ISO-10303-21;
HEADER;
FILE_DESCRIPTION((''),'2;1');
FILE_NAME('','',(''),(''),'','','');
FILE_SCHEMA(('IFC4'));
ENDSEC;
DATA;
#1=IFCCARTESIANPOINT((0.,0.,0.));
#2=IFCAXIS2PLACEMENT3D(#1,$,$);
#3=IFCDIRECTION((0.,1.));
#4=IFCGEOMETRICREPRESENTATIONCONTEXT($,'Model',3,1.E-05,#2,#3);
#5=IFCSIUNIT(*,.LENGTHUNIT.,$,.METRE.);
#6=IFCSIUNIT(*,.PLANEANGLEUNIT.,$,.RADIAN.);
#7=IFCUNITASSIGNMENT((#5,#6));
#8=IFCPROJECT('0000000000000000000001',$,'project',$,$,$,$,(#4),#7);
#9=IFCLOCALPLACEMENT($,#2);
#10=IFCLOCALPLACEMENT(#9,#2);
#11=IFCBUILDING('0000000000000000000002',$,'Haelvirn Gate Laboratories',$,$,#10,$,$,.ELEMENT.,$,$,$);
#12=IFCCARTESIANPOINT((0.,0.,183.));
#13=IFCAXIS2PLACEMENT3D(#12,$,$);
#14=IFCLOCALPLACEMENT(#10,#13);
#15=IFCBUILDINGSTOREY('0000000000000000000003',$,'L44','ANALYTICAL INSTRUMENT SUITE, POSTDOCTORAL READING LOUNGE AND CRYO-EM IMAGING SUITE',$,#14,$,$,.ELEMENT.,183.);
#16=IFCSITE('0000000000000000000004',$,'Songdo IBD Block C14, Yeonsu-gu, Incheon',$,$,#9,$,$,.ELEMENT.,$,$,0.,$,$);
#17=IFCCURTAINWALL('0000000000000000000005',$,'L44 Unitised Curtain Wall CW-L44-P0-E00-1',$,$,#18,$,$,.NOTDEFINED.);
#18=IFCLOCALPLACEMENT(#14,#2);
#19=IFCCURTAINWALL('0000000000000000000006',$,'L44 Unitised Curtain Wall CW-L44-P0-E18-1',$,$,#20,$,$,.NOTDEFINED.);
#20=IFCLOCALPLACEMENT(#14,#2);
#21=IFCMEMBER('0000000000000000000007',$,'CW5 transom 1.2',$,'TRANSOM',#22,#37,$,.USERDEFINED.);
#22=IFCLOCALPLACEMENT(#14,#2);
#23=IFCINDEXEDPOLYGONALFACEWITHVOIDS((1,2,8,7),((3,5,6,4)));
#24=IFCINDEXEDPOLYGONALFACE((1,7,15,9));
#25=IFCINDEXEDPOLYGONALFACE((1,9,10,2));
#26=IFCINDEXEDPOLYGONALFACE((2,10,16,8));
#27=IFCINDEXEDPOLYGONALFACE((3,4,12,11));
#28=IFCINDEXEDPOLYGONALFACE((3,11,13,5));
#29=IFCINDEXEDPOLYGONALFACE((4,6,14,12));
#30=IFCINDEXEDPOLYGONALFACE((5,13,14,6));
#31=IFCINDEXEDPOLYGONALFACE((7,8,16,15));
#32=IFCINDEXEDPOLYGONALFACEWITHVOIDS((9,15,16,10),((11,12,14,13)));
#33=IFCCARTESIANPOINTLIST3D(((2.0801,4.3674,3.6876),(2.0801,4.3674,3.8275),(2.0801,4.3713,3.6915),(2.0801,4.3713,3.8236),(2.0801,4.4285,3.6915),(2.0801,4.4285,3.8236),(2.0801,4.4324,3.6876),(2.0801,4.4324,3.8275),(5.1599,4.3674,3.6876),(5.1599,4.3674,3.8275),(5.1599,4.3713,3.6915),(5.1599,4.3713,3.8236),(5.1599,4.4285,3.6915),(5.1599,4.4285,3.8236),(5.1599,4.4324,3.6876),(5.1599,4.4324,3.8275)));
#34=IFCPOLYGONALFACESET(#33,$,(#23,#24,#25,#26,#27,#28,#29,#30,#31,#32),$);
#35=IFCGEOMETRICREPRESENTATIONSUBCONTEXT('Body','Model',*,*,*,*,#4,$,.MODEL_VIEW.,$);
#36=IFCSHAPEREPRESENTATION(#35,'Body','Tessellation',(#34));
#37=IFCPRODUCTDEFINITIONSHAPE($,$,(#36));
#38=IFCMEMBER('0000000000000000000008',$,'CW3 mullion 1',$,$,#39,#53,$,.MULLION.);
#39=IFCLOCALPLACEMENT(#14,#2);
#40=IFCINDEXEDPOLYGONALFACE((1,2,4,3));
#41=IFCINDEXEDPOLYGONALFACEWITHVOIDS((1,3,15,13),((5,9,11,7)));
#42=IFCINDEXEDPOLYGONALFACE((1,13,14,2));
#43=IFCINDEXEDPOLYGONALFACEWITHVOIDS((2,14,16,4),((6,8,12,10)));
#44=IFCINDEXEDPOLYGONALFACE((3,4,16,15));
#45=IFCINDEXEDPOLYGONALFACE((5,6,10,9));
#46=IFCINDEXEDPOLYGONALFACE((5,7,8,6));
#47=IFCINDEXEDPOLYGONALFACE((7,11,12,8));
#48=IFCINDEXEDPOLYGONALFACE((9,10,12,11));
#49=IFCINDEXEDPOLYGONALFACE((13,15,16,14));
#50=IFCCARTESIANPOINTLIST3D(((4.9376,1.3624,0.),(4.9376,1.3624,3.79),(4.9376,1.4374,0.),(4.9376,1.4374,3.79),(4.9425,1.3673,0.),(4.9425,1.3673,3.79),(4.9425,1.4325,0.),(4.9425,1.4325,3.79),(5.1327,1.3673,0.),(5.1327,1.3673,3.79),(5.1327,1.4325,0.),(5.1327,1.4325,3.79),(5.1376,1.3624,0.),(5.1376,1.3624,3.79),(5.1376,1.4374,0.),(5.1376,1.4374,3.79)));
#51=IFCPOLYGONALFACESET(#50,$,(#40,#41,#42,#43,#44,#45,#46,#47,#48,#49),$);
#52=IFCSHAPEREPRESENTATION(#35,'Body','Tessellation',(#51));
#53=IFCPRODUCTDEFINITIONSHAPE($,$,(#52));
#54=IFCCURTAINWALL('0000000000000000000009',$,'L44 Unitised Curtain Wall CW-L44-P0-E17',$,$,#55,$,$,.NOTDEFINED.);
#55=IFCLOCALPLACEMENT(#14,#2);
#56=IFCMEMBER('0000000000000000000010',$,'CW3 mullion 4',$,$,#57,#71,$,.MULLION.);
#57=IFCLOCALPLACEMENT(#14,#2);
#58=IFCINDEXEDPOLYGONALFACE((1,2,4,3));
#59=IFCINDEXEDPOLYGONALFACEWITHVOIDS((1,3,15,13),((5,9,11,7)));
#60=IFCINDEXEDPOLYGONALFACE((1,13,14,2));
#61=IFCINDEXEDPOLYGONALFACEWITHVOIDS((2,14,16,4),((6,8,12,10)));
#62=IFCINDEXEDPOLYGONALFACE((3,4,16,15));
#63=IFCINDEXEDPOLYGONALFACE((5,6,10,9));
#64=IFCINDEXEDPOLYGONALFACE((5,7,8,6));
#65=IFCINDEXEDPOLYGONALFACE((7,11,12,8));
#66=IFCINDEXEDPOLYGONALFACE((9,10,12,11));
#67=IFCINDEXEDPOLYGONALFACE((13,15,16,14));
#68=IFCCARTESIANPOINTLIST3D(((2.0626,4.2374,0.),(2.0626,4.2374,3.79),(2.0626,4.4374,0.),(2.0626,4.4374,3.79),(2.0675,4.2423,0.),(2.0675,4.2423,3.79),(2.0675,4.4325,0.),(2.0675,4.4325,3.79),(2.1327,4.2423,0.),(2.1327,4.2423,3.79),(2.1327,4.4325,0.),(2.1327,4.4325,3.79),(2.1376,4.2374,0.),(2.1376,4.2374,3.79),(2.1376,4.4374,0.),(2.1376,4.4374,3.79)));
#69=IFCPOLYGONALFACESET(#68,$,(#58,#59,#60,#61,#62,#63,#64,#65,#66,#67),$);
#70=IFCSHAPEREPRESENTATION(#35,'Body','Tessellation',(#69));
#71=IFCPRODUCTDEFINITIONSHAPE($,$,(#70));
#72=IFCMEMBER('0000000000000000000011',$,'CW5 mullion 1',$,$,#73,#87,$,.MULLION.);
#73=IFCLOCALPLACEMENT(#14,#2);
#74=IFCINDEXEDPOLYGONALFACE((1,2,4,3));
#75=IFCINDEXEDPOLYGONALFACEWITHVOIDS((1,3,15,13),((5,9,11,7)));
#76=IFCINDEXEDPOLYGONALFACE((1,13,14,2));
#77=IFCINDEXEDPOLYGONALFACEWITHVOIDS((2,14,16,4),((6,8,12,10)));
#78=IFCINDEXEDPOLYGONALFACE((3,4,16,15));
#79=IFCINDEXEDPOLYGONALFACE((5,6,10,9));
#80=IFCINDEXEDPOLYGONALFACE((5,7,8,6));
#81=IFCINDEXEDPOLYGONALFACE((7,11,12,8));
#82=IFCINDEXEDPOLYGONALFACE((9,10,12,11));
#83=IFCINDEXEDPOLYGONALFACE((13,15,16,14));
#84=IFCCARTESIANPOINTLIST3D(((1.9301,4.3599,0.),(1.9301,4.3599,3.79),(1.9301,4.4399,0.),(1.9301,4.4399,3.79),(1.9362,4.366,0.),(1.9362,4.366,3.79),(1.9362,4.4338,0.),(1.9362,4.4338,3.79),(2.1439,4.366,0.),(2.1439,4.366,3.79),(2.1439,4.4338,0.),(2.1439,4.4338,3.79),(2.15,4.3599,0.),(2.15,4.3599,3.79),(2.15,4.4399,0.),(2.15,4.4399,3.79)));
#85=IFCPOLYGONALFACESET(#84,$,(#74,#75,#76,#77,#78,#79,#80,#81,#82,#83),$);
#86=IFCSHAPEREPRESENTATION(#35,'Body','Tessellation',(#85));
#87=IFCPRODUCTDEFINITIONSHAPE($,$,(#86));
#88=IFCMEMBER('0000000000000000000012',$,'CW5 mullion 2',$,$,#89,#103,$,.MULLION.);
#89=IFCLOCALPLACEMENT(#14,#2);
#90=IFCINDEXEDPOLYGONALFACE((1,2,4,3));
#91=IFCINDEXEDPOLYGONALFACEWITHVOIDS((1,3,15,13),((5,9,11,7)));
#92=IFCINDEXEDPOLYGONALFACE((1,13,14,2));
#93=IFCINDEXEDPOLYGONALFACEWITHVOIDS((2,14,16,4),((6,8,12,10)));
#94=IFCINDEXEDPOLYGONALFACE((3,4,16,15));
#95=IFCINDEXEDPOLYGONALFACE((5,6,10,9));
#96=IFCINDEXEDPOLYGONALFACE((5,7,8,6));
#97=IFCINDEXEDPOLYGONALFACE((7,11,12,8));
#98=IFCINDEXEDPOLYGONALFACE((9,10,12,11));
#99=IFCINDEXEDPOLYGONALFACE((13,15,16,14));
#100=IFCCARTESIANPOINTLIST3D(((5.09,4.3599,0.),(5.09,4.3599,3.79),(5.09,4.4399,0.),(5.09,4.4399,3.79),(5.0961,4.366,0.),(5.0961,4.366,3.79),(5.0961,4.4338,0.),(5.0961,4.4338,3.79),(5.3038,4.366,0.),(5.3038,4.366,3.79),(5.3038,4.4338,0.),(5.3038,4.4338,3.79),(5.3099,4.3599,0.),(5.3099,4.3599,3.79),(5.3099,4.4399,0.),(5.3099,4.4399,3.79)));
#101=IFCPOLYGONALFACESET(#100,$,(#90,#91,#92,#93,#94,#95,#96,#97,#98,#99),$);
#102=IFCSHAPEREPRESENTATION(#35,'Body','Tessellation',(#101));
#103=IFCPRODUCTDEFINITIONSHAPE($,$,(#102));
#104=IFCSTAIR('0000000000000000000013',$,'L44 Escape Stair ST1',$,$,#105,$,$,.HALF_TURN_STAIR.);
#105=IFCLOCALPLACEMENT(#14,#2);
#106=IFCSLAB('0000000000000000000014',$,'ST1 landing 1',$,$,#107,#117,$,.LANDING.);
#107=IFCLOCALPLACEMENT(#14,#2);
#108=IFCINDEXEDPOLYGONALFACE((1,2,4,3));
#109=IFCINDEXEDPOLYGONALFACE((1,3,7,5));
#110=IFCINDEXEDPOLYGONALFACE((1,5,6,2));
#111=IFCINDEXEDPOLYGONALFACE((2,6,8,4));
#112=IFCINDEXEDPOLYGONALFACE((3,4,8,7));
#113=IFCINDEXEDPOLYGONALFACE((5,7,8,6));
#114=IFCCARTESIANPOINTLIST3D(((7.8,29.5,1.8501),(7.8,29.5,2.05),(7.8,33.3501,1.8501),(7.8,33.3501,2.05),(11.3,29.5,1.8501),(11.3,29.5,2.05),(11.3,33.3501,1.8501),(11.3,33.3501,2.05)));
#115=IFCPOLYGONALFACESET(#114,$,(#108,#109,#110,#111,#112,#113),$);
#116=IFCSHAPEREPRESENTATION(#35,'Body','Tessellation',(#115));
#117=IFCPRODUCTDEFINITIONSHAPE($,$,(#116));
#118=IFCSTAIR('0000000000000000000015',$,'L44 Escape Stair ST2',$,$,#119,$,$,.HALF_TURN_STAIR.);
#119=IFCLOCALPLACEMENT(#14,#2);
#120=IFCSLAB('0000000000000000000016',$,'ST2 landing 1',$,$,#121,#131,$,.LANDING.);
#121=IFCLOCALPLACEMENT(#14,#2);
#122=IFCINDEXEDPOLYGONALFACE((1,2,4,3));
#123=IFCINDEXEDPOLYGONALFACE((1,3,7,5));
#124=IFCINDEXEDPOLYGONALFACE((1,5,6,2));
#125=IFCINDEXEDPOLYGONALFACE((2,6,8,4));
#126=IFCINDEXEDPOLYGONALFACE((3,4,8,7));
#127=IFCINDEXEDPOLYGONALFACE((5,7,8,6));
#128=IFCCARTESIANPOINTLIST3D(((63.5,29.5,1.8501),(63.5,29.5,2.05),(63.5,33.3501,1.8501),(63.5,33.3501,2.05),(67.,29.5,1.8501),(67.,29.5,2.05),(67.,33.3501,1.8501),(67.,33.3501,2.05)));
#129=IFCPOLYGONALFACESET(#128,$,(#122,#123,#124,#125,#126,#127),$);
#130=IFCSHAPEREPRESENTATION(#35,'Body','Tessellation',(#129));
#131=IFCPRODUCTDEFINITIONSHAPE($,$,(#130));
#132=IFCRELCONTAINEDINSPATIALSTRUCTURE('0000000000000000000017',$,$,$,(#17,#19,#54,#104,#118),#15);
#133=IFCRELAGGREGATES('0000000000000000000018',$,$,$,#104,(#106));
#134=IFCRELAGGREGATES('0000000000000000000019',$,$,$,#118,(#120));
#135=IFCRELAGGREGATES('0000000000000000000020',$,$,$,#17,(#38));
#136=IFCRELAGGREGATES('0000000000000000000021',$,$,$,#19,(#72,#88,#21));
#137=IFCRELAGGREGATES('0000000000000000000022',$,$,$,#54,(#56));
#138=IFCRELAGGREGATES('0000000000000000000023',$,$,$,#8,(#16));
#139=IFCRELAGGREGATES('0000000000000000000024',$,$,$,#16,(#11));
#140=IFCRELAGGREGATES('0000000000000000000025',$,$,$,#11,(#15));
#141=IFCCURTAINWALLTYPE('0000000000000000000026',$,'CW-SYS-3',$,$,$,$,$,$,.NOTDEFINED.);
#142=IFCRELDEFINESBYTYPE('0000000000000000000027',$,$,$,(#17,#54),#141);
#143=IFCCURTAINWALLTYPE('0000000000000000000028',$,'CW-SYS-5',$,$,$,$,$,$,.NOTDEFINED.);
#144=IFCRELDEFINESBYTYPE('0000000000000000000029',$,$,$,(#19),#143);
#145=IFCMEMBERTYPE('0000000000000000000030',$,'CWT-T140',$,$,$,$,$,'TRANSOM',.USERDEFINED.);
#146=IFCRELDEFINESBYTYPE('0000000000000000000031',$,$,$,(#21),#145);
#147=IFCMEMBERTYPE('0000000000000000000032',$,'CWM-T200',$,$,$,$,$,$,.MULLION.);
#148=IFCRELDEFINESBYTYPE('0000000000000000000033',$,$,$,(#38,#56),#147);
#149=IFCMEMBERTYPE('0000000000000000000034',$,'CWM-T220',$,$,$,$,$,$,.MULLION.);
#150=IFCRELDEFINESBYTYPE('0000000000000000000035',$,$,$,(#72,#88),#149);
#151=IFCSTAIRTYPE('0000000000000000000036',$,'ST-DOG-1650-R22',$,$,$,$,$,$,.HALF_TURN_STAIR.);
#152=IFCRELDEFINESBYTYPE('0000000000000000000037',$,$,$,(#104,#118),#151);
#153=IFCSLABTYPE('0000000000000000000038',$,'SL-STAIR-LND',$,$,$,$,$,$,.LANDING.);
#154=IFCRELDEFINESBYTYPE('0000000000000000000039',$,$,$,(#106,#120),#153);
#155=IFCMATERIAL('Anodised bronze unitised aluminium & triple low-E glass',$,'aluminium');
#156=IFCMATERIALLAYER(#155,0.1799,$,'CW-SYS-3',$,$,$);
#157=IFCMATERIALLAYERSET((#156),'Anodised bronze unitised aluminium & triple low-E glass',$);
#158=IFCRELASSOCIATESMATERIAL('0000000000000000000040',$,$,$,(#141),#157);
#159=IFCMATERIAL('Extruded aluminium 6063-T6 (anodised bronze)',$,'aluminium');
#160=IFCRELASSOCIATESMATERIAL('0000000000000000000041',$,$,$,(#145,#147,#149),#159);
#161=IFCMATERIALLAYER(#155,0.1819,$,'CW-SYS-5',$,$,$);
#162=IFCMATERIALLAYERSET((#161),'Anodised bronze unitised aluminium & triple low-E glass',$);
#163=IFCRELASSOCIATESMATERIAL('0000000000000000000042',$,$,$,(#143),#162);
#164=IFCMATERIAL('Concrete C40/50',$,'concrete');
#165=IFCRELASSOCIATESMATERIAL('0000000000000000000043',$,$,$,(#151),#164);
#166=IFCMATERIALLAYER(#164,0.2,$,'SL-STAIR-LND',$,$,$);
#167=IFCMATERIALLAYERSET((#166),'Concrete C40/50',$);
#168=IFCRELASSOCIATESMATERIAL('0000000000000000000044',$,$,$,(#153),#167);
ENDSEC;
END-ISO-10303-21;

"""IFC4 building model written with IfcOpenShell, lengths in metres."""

from ifc_helpers import new_model, si_unit, direction, frame, origin, origin_2d, place, context, subcontext, project, spatial, polyline, hollow_rectangle, outline, extrude, source, transform, mapped, material, layer, layer_set, material_profile, profile_set, type_object, type_shapes, element, aggregate, save


model = new_model("IFC4")

# Units and contexts
model_context = context("Model", 3, precision=1e-05, world=origin(), true_north=direction((0.0, 1.0)))
body_context = subcontext(model_context, "Body", "Model", "MODEL_VIEW")
ifc_project = project(units=[si_unit("LENGTHUNIT", "METRE"), si_unit("PLANEANGLEUNIT", "RADIAN")], contexts=[model_context])

# Site, building, storey
site_placement = place(None, origin())
site = spatial("IfcSite", under=ifc_project, at=site_placement, Name="Songdo IBD Block C14, Yeonsu-gu, Incheon", CompositionType="ELEMENT", RefElevation=0.0)
building_placement = place(site_placement, origin())
building = spatial("IfcBuilding", under=site, at=building_placement, Name="Haelvirn Gate Laboratories", CompositionType="ELEMENT")
storey_placement = place(building_placement, frame((0.0, 0.0, 183.0)))
storey = spatial("IfcBuildingStorey", under=building, at=storey_placement, Name="L44", Description="ANALYTICAL INSTRUMENT SUITE, POSTDOCTORAL READING LOUNGE AND CRYO-EM IMAGING SUITE", CompositionType="ELEMENT", Elevation=183.0)

# Curtain walls, member
ifc_material_1 = material(Name="Anodised bronze unitised aluminium & triple low-E glass", Category="aluminium")
ifc_layer_1 = layer(ifc_material_1, 0.1799, Name="CW-SYS-3")
ifc_layer_set_1 = layer_set([ifc_layer_1], Name="Anodised bronze unitised aluminium & triple low-E glass")
curtain_wall_type_1 = type_object("IfcCurtainWallType", Name="CW-SYS-3", PredefinedType="NOTDEFINED", material=ifc_layer_set_1)
curtain_wall_1_placement = place(storey_placement, origin())
curtain_wall_1 = element("IfcCurtainWall", 1, at=curtain_wall_1_placement, inside=storey, type_object=curtain_wall_type_1, Name="L44 Unitised Curtain Wall CW-L44-P0-E00-1", PredefinedType="NOTDEFINED")
ifc_material_2 = material(Name="Extruded aluminium 6063-T6 (anodised bronze)", Category="aluminium")
ifc_material_profile_1 = material_profile(ifc_material_2, hollow_rectangle(XDim=0.0649, YDim=0.1399, WallThickness=0.0039, at=origin_2d()), Name="CWT-140x65x4")
ifc_profile_set_1 = profile_set([ifc_material_profile_1], Name="Extruded aluminium 6063-T6 (anodised bronze)")
member_type_1 = type_object("IfcMemberType", Name="CWT-T140", ElementType="TRANSOM", PredefinedType="USERDEFINED", material=ifc_profile_set_1)
ifc_layer_2 = layer(ifc_material_1, 0.1819, Name="CW-SYS-5")
ifc_layer_set_2 = layer_set([ifc_layer_2], Name="Anodised bronze unitised aluminium & triple low-E glass")
curtain_wall_type_2 = type_object("IfcCurtainWallType", Name="CW-SYS-5", PredefinedType="NOTDEFINED", material=ifc_layer_set_2)
curtain_wall_2_placement = place(storey_placement, origin())
curtain_wall_2 = element("IfcCurtainWall", 2, at=curtain_wall_2_placement, inside=storey, type_object=curtain_wall_type_2, Name="L44 Unitised Curtain Wall CW-L44-P0-E18-1", PredefinedType="NOTDEFINED")
shared_shape_1 = source(origin(), body_context, "Body", "SweptSolid", [
    extrude(hollow_rectangle(XDim=0.0649, YDim=0.1399, WallThickness=0.0039, at=origin_2d()), origin(), (0.0, 0.0, 1.0), 3.0798),
])
member_1_placement = place(storey_placement, frame((2.0801, 4.3999, 3.7576), z_axis=(1.0, 0.0, 0.0), x_axis=(0.0, 1.0, 0.0)))
member_1 = element("IfcMember", 3, at=member_1_placement, type_object=member_type_1, Name="CW5 transom 1.2", ObjectType="TRANSOM", PredefinedType="USERDEFINED", context=body_context, shape_type="MappedRepresentation", body=[
    mapped(shared_shape_1, transform((0.0, 0.0, 0.0), scale=1.0)),
])

# Member
ifc_material_profile_2 = material_profile(ifc_material_2, hollow_rectangle(XDim=0.075, YDim=0.2, WallThickness=0.0049, at=origin_2d()), Name="CWM-200x75x5")
ifc_profile_set_2 = profile_set([ifc_material_profile_2], Name="Extruded aluminium 6063-T6 (anodised bronze)")
member_type_2 = type_object("IfcMemberType", Name="CWM-T200", PredefinedType="MULLION", material=ifc_profile_set_2)
shared_shape_2 = source(origin(), body_context, "Body", "SweptSolid", [
    extrude(hollow_rectangle(XDim=0.075, YDim=0.2, WallThickness=0.0049, at=origin_2d()), origin(), (0.0, 0.0, 1.0), 3.79),
])
type_shapes(member_type_2, [shared_shape_2])
member_2_placement = place(storey_placement, frame((5.0376, 1.3999, 0.0), z_axis=(0.0, 0.0, 1.0), x_axis=(0.0, 1.0, 0.0)))
member_2 = element("IfcMember", 4, at=member_2_placement, type_object=member_type_2, Name="CW3 mullion 1", PredefinedType="MULLION", context=body_context, shape_type="MappedRepresentation", body=[
    mapped(shared_shape_2, transform((0.0, 0.0, 0.0), scale=1.0)),
])

# Curtain wall, member
curtain_wall_3_placement = place(storey_placement, origin())
curtain_wall_3 = element("IfcCurtainWall", 5, at=curtain_wall_3_placement, inside=storey, type_object=curtain_wall_type_1, Name="L44 Unitised Curtain Wall CW-L44-P0-E17", PredefinedType="NOTDEFINED")
member_3_placement = place(storey_placement, frame((2.1001, 4.3374, 0.0), z_axis=(0.0, 0.0, 1.0), x_axis=(1.0, 0.0, 0.0)))
member_3 = element("IfcMember", 6, at=member_3_placement, type_object=member_type_2, Name="CW3 mullion 4", PredefinedType="MULLION", context=body_context, shape_type="MappedRepresentation", body=[
    mapped(shared_shape_2, transform((0.0, 0.0, 0.0), scale=1.0)),
])

# Members
ifc_material_profile_3 = material_profile(ifc_material_2, hollow_rectangle(XDim=0.0801, YDim=0.22, WallThickness=0.0061, at=origin_2d()), Name="CWM-220x80x6")
ifc_profile_set_3 = profile_set([ifc_material_profile_3], Name="Extruded aluminium 6063-T6 (anodised bronze)")
member_type_3 = type_object("IfcMemberType", Name="CWM-T220", PredefinedType="MULLION", material=ifc_profile_set_3)
shared_shape_3 = source(origin(), body_context, "Body", "SweptSolid", [
    extrude(hollow_rectangle(XDim=0.0801, YDim=0.22, WallThickness=0.0061, at=origin_2d()), origin(), (0.0, 0.0, 1.0), 3.79),
])
type_shapes(member_type_3, [shared_shape_3])
member_4_placement = place(storey_placement, frame((2.04, 4.3999, 0.0), z_axis=(0.0, 0.0, 1.0), x_axis=(0.0, 1.0, 0.0)))
member_4 = element("IfcMember", 7, at=member_4_placement, type_object=member_type_3, Name="CW5 mullion 1", PredefinedType="MULLION", context=body_context, shape_type="MappedRepresentation", body=[
    mapped(shared_shape_3, transform((0.0, 0.0, 0.0), scale=1.0)),
])
member_5_placement = place(storey_placement, frame((5.2, 4.3999, 0.0), z_axis=(0.0, 0.0, 1.0), x_axis=(0.0, 1.0, 0.0)))
member_5 = element("IfcMember", 8, at=member_5_placement, type_object=member_type_3, Name="CW5 mullion 2", PredefinedType="MULLION", context=body_context, shape_type="MappedRepresentation", body=[
    mapped(shared_shape_3, transform((0.0, 0.0, 0.0), scale=1.0)),
])

# Stairs, slabs
ifc_material_3 = material(Name="Concrete C40/50", Category="concrete")
stair_type = type_object("IfcStairType", Name="ST-DOG-1650-R22", PredefinedType="HALF_TURN_STAIR", material=ifc_material_3)
stair_1_placement = place(storey_placement, origin())
stair_1 = element("IfcStair", 9, at=stair_1_placement, inside=storey, type_object=stair_type, Name="L44 Escape Stair ST1", PredefinedType="HALF_TURN_STAIR")
ifc_layer_3 = layer(ifc_material_3, 0.2, Name="SL-STAIR-LND")
ifc_layer_set_3 = layer_set([ifc_layer_3], Name="Concrete C40/50")
slab_type_1 = type_object("IfcSlabType", Name="SL-STAIR-LND", PredefinedType="LANDING", material=ifc_layer_set_3)
slab_1_placement = place(storey_placement, frame((0.0, 0.0, 1.8501)))
slab_1 = element("IfcSlab", 10, at=slab_1_placement, type_object=slab_type_1, Name="ST1 landing 1", PredefinedType="LANDING", context=body_context, shape_type="SweptSolid", body=[
    extrude(outline(polyline([(11.3, 29.5), (11.3, 33.3501), (7.8, 33.3501), (7.8, 29.5), (11.3, 29.5)])), origin(), (0.0, 0.0, 1.0), 0.2),
])
aggregate(stair_1, [slab_1])
stair_2_placement = place(storey_placement, origin())
stair_2 = element("IfcStair", 11, at=stair_2_placement, inside=storey, type_object=stair_type, Name="L44 Escape Stair ST2", PredefinedType="HALF_TURN_STAIR")
slab_2_placement = place(storey_placement, frame((0.0, 0.0, 1.8501)))
slab_2 = element("IfcSlab", 12, at=slab_2_placement, type_object=slab_type_1, Name="ST2 landing 1", PredefinedType="LANDING", context=body_context, shape_type="SweptSolid", body=[
    extrude(outline(polyline([(67.0, 29.5), (67.0, 33.3501), (63.5, 33.3501), (63.5, 29.5), (67.0, 29.5)])), origin(), (0.0, 0.0, 1.0), 0.2),
])
aggregate(stair_2, [slab_2])

aggregate(curtain_wall_1, [member_2])
aggregate(curtain_wall_2, [member_4, member_5, member_1])
aggregate(curtain_wall_3, [member_3])

save(model, "model.ifc")
